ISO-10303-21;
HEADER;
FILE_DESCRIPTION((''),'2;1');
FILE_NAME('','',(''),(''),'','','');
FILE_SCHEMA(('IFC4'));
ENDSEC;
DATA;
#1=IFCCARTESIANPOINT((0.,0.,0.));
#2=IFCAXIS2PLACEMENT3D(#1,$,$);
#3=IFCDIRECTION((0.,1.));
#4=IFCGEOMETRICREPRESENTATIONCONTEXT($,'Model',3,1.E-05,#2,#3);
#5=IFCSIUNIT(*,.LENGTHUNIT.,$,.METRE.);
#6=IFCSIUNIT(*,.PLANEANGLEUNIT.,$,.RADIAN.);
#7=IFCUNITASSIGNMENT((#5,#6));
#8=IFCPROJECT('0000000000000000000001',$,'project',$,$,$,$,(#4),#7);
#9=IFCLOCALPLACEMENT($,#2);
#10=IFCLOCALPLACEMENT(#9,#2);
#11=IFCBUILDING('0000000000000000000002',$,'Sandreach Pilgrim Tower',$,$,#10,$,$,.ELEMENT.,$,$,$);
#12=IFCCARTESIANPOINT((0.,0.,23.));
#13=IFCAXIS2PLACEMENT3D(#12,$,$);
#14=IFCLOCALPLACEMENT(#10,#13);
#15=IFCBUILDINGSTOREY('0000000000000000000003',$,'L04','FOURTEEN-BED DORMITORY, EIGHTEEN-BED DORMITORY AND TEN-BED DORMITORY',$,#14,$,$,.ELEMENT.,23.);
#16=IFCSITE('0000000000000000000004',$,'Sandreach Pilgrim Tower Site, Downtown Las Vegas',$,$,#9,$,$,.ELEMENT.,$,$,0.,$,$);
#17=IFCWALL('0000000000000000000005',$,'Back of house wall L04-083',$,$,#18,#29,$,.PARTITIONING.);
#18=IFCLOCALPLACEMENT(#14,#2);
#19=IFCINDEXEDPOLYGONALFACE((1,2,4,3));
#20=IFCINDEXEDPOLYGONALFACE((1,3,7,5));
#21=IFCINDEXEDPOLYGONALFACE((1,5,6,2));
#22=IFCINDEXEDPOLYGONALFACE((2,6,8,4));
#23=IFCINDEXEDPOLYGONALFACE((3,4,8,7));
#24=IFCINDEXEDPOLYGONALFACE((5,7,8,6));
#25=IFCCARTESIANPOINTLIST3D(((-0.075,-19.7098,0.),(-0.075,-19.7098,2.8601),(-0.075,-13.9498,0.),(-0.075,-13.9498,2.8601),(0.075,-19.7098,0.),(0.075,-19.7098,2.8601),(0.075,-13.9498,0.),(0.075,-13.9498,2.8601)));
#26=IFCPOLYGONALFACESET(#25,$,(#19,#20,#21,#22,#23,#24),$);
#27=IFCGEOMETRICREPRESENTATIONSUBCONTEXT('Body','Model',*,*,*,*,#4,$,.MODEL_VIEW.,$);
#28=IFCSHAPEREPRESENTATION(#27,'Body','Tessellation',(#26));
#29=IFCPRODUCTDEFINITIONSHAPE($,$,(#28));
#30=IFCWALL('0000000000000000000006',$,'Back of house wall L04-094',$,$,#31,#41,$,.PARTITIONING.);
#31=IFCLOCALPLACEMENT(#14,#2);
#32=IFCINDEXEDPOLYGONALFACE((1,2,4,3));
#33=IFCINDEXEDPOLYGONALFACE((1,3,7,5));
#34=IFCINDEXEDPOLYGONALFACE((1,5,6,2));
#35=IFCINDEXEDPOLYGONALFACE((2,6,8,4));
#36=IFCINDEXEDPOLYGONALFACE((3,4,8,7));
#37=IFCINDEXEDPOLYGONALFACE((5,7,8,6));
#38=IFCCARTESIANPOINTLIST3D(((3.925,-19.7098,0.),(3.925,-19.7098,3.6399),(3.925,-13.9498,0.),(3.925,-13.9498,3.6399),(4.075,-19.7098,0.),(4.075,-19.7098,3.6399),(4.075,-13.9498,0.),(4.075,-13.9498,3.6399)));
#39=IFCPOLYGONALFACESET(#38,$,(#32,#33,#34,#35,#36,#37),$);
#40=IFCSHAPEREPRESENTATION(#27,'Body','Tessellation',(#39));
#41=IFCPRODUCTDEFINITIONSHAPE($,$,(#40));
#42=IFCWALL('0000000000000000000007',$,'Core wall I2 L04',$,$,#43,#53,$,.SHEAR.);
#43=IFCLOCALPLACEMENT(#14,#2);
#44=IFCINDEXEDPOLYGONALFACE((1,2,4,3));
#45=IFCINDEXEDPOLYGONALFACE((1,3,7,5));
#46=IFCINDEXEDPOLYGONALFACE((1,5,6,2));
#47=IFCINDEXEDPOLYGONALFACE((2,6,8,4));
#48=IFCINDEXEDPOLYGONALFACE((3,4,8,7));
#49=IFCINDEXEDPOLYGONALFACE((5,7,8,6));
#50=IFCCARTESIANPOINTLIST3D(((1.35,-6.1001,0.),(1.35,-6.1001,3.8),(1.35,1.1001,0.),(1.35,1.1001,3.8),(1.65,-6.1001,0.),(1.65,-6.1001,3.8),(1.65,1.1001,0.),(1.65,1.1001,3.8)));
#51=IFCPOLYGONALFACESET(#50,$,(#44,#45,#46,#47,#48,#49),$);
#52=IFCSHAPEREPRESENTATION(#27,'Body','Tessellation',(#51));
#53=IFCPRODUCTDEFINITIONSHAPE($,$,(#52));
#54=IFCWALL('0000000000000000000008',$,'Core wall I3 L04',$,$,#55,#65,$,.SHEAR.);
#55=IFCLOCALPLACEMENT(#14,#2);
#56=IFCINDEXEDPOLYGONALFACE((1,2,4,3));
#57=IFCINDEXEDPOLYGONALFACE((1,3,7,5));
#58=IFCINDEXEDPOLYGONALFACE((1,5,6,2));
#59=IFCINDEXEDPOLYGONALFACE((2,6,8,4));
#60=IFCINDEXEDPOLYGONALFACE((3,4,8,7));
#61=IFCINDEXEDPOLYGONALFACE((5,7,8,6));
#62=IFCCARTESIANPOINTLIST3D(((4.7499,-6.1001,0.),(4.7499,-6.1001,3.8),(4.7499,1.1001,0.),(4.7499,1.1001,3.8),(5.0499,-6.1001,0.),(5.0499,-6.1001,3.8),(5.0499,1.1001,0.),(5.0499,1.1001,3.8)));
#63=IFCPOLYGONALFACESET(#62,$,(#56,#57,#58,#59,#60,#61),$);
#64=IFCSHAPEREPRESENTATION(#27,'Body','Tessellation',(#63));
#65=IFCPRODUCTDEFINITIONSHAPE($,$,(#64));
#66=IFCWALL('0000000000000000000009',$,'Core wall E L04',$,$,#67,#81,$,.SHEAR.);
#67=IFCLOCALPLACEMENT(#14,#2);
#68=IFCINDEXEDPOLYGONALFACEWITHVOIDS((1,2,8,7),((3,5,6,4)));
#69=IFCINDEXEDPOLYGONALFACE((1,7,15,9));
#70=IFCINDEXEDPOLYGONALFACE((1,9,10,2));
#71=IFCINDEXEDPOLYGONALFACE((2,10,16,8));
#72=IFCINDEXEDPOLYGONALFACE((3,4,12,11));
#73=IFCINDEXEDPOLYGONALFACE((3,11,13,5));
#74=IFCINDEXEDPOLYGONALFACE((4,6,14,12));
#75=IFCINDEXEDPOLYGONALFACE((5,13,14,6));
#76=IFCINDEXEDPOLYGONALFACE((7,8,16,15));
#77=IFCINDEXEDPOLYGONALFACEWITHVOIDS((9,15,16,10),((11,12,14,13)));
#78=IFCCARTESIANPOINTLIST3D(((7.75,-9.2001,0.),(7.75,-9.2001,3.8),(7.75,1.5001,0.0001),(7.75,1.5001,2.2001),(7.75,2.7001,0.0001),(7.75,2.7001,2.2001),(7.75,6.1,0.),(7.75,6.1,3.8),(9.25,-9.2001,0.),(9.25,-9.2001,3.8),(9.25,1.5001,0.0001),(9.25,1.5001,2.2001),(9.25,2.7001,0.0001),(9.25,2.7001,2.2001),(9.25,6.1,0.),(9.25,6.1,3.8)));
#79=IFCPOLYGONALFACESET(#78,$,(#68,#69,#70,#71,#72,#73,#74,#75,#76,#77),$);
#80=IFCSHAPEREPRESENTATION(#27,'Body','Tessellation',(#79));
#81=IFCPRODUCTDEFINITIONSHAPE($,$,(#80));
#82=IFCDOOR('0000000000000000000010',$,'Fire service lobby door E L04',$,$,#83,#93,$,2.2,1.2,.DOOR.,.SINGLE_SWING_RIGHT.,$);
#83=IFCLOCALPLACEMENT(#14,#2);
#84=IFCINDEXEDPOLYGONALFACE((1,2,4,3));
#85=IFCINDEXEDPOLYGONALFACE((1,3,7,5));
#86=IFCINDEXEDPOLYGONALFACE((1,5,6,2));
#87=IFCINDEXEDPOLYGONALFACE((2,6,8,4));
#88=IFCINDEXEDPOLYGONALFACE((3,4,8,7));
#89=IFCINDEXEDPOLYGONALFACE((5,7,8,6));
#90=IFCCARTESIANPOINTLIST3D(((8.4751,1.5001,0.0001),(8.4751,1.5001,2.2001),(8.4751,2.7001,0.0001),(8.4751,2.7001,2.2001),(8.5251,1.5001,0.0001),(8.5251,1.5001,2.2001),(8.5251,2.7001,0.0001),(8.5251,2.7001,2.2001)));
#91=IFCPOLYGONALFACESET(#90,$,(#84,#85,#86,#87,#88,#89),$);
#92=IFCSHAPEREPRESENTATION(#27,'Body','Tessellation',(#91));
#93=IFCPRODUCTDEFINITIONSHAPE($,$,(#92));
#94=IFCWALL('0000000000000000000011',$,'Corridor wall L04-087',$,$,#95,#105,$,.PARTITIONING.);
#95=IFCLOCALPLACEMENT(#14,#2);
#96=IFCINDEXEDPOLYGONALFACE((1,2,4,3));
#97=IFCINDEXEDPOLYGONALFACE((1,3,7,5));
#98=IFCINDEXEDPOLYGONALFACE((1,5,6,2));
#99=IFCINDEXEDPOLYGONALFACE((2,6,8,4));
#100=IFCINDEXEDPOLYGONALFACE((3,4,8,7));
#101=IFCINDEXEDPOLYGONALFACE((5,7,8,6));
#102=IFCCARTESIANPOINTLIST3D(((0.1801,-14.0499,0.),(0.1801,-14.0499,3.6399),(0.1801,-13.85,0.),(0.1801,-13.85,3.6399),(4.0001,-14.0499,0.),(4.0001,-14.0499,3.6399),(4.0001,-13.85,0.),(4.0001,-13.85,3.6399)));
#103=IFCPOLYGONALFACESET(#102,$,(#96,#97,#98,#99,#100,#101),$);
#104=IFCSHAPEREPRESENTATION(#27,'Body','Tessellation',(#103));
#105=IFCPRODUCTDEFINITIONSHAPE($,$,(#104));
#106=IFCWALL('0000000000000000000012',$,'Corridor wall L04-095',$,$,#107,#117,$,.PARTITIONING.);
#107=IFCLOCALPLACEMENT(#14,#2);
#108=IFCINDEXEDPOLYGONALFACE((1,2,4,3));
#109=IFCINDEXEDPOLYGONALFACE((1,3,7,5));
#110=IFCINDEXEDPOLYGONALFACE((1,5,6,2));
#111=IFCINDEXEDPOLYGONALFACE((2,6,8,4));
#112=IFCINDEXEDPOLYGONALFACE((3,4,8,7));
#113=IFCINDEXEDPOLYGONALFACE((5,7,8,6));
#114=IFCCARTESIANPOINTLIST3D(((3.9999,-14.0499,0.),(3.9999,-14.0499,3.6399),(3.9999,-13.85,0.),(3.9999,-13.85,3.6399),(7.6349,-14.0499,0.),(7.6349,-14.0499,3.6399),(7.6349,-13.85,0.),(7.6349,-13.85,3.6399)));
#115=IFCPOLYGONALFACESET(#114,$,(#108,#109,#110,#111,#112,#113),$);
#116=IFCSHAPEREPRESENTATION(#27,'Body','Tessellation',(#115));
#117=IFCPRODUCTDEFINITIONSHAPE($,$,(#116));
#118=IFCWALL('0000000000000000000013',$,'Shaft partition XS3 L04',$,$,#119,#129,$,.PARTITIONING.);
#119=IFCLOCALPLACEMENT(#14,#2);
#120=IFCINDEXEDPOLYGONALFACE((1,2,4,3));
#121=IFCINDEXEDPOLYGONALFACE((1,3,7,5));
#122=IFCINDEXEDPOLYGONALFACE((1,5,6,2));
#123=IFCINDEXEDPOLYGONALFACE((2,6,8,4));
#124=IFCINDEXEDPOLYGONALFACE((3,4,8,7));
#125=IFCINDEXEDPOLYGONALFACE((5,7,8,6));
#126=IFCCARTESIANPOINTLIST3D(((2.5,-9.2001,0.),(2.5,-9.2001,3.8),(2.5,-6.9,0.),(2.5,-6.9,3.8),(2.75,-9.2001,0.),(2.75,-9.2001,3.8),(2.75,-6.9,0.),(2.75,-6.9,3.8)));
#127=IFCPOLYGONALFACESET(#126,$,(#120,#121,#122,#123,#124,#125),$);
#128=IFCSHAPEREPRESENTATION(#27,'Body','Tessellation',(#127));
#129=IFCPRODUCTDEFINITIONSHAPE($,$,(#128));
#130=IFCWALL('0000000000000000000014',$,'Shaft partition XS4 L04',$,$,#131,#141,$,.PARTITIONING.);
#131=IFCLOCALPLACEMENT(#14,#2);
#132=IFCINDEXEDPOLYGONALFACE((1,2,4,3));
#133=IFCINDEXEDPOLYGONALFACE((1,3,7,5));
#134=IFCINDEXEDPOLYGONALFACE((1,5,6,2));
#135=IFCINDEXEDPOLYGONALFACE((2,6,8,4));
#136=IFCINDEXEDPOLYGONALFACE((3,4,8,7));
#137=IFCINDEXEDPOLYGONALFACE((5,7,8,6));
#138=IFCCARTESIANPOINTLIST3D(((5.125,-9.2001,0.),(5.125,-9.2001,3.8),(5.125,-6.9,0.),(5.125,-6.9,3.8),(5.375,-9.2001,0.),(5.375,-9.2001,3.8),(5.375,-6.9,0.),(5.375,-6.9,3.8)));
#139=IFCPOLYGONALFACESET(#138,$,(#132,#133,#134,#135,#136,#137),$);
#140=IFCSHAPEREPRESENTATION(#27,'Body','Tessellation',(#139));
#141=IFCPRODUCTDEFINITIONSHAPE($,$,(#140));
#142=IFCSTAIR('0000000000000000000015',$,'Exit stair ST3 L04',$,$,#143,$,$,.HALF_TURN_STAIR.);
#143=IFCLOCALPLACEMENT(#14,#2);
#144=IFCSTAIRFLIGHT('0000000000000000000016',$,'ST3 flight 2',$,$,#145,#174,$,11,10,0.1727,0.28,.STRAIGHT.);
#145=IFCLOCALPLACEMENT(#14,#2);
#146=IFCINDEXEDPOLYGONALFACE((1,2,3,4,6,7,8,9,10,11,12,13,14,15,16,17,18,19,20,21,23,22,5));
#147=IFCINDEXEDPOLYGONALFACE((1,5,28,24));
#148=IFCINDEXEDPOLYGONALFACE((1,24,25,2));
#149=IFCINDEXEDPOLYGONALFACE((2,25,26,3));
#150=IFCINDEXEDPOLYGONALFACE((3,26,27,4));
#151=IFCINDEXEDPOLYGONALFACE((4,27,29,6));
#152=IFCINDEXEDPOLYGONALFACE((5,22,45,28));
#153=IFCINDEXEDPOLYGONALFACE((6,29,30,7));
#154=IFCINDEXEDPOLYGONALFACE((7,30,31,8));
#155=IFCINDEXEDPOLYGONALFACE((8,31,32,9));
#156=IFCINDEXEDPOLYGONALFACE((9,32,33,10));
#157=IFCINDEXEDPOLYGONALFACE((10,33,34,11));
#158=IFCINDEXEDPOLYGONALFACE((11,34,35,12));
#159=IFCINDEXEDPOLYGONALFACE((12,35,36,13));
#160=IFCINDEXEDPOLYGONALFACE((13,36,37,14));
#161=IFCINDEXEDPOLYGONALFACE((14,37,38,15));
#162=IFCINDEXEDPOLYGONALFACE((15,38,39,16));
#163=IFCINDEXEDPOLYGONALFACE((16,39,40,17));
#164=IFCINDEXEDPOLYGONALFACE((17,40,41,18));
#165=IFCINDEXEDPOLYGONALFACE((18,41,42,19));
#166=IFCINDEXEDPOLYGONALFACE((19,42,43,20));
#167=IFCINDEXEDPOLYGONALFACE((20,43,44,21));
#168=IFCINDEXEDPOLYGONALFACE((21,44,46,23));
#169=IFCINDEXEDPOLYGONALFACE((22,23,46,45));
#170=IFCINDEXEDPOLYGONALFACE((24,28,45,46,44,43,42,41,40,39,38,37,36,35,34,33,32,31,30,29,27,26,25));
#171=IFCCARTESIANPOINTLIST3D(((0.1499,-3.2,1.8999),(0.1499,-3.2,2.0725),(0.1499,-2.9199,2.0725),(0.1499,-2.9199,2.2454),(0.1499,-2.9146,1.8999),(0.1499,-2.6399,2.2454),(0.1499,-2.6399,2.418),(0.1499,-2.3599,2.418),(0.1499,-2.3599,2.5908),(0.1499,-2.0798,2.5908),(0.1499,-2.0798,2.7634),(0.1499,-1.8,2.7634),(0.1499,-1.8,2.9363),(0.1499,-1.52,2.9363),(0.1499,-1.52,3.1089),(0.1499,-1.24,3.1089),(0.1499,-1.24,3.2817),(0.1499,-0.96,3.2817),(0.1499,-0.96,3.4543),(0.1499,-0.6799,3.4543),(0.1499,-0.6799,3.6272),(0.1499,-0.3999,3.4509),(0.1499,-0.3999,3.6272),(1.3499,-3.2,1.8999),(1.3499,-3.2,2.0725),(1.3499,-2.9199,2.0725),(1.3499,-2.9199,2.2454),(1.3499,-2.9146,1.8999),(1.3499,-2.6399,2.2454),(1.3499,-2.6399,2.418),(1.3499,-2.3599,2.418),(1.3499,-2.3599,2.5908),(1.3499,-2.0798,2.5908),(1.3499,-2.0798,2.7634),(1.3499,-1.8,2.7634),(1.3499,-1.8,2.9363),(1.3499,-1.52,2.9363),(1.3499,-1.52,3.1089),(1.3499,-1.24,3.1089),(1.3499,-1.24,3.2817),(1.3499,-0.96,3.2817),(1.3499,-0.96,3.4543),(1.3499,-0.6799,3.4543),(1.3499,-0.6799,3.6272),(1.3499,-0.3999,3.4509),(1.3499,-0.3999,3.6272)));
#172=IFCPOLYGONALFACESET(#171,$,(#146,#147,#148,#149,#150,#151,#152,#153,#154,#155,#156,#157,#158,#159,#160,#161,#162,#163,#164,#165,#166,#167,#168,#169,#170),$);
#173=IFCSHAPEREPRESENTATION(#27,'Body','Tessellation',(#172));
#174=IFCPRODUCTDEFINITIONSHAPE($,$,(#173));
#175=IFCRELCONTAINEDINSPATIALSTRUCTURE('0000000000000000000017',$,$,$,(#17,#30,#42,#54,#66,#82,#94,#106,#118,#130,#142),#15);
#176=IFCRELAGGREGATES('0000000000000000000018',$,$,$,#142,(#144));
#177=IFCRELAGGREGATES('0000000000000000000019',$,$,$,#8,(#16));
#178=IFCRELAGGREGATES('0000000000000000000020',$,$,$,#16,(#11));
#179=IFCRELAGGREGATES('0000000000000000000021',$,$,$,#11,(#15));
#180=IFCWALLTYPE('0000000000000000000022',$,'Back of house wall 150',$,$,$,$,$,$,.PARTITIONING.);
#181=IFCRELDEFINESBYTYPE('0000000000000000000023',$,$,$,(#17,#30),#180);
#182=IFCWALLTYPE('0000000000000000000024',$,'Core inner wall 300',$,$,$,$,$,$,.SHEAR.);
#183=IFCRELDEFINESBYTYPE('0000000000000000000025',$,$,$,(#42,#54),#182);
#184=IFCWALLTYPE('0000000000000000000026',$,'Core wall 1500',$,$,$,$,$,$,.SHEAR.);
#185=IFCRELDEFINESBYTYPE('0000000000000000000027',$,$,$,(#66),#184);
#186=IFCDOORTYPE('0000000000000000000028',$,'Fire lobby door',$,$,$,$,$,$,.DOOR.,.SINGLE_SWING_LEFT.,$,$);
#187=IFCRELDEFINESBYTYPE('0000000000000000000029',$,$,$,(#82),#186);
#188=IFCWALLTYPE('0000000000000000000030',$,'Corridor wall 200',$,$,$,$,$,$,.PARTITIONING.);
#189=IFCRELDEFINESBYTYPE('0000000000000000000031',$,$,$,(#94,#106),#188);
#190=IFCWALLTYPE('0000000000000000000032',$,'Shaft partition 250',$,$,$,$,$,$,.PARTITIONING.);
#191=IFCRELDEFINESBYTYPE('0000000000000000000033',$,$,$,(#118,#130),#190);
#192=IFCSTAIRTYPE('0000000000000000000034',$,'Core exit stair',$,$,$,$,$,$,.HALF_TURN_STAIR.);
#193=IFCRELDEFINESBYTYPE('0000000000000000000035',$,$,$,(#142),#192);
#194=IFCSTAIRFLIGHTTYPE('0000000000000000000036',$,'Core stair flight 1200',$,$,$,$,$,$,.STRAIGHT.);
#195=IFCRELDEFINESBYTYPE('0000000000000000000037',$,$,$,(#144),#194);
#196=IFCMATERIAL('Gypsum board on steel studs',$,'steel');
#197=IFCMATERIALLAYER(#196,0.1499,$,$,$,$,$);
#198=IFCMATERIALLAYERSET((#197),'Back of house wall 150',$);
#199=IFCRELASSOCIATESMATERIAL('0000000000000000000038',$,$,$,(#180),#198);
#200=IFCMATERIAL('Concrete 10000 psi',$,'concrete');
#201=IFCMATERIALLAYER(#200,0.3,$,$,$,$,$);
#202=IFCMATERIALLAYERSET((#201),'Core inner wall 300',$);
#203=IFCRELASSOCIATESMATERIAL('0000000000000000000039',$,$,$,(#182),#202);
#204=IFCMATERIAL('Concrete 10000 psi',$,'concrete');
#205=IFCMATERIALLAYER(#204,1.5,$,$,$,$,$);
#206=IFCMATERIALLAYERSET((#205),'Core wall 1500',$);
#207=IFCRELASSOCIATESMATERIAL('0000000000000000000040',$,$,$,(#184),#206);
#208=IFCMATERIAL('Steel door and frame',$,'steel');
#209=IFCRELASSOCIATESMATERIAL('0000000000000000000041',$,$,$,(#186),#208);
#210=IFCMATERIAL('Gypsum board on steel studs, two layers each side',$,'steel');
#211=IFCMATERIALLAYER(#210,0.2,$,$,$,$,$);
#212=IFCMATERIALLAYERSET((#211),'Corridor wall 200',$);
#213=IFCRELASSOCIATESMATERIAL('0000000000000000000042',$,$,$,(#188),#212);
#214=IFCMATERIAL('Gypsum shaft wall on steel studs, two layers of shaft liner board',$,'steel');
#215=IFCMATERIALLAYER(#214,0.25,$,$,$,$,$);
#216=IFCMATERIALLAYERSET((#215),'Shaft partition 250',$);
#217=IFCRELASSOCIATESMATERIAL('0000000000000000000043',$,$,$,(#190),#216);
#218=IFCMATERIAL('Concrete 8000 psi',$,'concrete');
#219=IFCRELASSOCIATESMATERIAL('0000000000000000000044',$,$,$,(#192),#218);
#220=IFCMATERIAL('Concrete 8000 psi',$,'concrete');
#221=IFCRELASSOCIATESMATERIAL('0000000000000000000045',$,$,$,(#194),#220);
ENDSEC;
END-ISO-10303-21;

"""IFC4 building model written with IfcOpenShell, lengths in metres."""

from ifc_helpers import new_model, si_unit, direction, frame, frame_2d, origin, place, context, subcontext, project, spatial, polyline, rectangle, outline, extrude, material, layer, layer_set, type_object, element, fill, aggregate, save


model = new_model("IFC4")

# Units and contexts
model_context = context("Model", 3, precision=1e-05, world=origin(), true_north=direction((0.0, 1.0)))
body_context = subcontext(model_context, "Body", "Model", "MODEL_VIEW")
ifc_project = project(units=[si_unit("LENGTHUNIT", "METRE"), si_unit("PLANEANGLEUNIT", "RADIAN")], contexts=[model_context])

# Site, building, storey
site_placement = place(None, origin())
site = spatial("IfcSite", under=ifc_project, at=site_placement, Name="Sandreach Pilgrim Tower Site, Downtown Las Vegas", CompositionType="ELEMENT", RefElevation=0.0)
building_placement = place(site_placement, origin())
building = spatial("IfcBuilding", under=site, at=building_placement, Name="Sandreach Pilgrim Tower", CompositionType="ELEMENT")
storey_placement = place(building_placement, frame((0.0, 0.0, 23.0)))
storey = spatial("IfcBuildingStorey", under=building, at=storey_placement, Name="L04", Description="FOURTEEN-BED DORMITORY, EIGHTEEN-BED DORMITORY AND TEN-BED DORMITORY", CompositionType="ELEMENT", Elevation=23.0)

# Walls
ifc_material_1 = material(Name="Gypsum board on steel studs", Category="steel")
ifc_layer_1 = layer(ifc_material_1, 0.1499)
ifc_layer_set_1 = layer_set([ifc_layer_1], Name="Back of house wall 150")
wall_type_1 = type_object("IfcWallType", Name="Back of house wall 150", PredefinedType="PARTITIONING", material=ifc_layer_set_1)
wall_1_placement = place(storey_placement, frame((0.0, -13.95, 0.0), z_axis=(0.0, 0.0, 1.0), x_axis=(0.0, -1.0, 0.0)))
element("IfcWall", 1, at=wall_1_placement, inside=storey, type_object=wall_type_1, Name="Back of house wall L04-083", PredefinedType="PARTITIONING", context=body_context, shape_type="SweptSolid", body=[
    extrude(rectangle(XDim=5.76, YDim=0.1499, at=frame_2d((2.8799, 0.0))), origin(), (0.0, 0.0, 1.0), 2.8601),
])
wall_2_placement = place(storey_placement, frame((4.0, -13.95, 0.0), z_axis=(0.0, 0.0, 1.0), x_axis=(0.0, -1.0, 0.0)))
element("IfcWall", 2, at=wall_2_placement, inside=storey, type_object=wall_type_1, Name="Back of house wall L04-094", PredefinedType="PARTITIONING", context=body_context, shape_type="SweptSolid", body=[
    extrude(rectangle(XDim=5.76, YDim=0.1499, at=frame_2d((2.8799, 0.0))), origin(), (0.0, 0.0, 1.0), 3.6399),
])
ifc_material_2 = material(Name="Concrete 10000 psi", Category="concrete")
ifc_layer_2 = layer(ifc_material_2, 0.3)
ifc_layer_set_2 = layer_set([ifc_layer_2], Name="Core inner wall 300")
wall_type_2 = type_object("IfcWallType", Name="Core inner wall 300", PredefinedType="SHEAR", material=ifc_layer_set_2)
for number, where, z_axis, x_axis, name in (
    (3, (1.5, -6.1001, 0.0), (0.0, 0.0, 1.0), (0.0, 1.0, 0.0), "Core wall I2 L04"),
    (4, (4.8999, -6.1001, 0.0), (0.0, 0.0, 1.0), (0.0, 1.0, 0.0), "Core wall I3 L04"),
):
    element("IfcWall", number, at=place(storey_placement, frame(where, z_axis=z_axis, x_axis=x_axis)), inside=storey, type_object=wall_type_2, Name=name, PredefinedType="SHEAR", context=body_context, shape_type="SweptSolid", body=[
        extrude(rectangle(XDim=7.2002, YDim=0.3, at=frame_2d((3.6001, 0.0))), origin(), (0.0, 0.0, 1.0), 3.8),
    ])

# Wall, opening, door
ifc_material_3 = material(Name="Concrete 10000 psi", Category="concrete")
ifc_layer_3 = layer(ifc_material_3, 1.5)
ifc_layer_set_3 = layer_set([ifc_layer_3], Name="Core wall 1500")
wall_type_3 = type_object("IfcWallType", Name="Core wall 1500", PredefinedType="SHEAR", material=ifc_layer_set_3)
wall_3_placement = place(storey_placement, frame((8.5, -9.2, 0.0), z_axis=(0.0, 0.0, 1.0), x_axis=(0.0, 1.0, 0.0)))
wall_3 = element("IfcWall", 5, at=wall_3_placement, inside=storey, type_object=wall_type_3, Name="Core wall E L04", PredefinedType="SHEAR", context=body_context, shape_type="SweptSolid", body=[
    extrude(rectangle(XDim=15.3, YDim=1.5, at=frame_2d((7.6499, 0.0))), origin(), (0.0, 0.0, 1.0), 3.8),
])
opening_1_placement = place(wall_3_placement, frame((10.7, 0.0, 0.0)))
opening_1 = element("IfcOpeningElement", 6, at=opening_1_placement, cuts=wall_3, PredefinedType="OPENING", context=body_context, shape_type="SweptSolid", body=[
    extrude(rectangle(XDim=1.2, YDim=2.2, at=frame_2d((0.6001, 1.1001))), frame((0.0, 0.75, 0.0), z_axis=(0.0, -1.0, 0.0), x_axis=(1.0, 0.0, 0.0)), (0.0, 0.0, 1.0), 1.5),
])
ifc_material_4 = material(Name="Steel door and frame", Category="steel")
door_type_1 = type_object("IfcDoorType", Name="Fire lobby door", OperationType="SINGLE_SWING_LEFT", PredefinedType="DOOR", material=ifc_material_4)
door_1_placement = place(opening_1_placement, origin())
door_1 = element("IfcDoor", 7, at=door_1_placement, inside=storey, type_object=door_type_1, Name="Fire service lobby door E L04", OperationType="SINGLE_SWING_RIGHT", OverallHeight=2.2, OverallWidth=1.2, PredefinedType="DOOR", context=body_context, shape_type="SweptSolid", body=[
    extrude(rectangle(XDim=1.2, YDim=2.2, at=frame_2d((0.6001, 1.1001))), frame((0.0, 0.0249, 0.0), z_axis=(0.0, -1.0, 0.0), x_axis=(1.0, 0.0, 0.0)), (0.0, 0.0, 1.0), 0.05),
])
fill(opening_1, door_1)

# Wall
ifc_material_5 = material(Name="Gypsum board on steel studs, two layers each side", Category="steel")
ifc_layer_4 = layer(ifc_material_5, 0.2)
ifc_layer_set_4 = layer_set([ifc_layer_4], Name="Corridor wall 200")
wall_type_4 = type_object("IfcWallType", Name="Corridor wall 200", PredefinedType="PARTITIONING", material=ifc_layer_set_4)
wall_4_placement = place(storey_placement, frame((0.1799, -13.95, 0.0), z_axis=(0.0, 0.0, 1.0), x_axis=(1.0, 0.0, 0.0)))
element("IfcWall", 8, at=wall_4_placement, inside=storey, type_object=wall_type_4, Name="Corridor wall L04-087", PredefinedType="PARTITIONING", context=body_context, shape_type="SweptSolid", body=[
    extrude(rectangle(XDim=3.8201, YDim=0.2, at=frame_2d((1.9102, 0.0))), origin(), (0.0, 0.0, 1.0), 3.6399),
])

# Wall
wall_5_placement = place(storey_placement, frame((4.0, -13.95, 0.0), z_axis=(0.0, 0.0, 1.0), x_axis=(1.0, 0.0, 0.0)))
element("IfcWall", 9, at=wall_5_placement, inside=storey, type_object=wall_type_4, Name="Corridor wall L04-095", PredefinedType="PARTITIONING", context=body_context, shape_type="SweptSolid", body=[
    extrude(rectangle(XDim=3.635, YDim=0.2, at=frame_2d((1.8174, 0.0))), origin(), (0.0, 0.0, 1.0), 3.6399),
])

# Walls
ifc_material_6 = material(Name="Gypsum shaft wall on steel studs, two layers of shaft liner board", Category="steel")
ifc_layer_5 = layer(ifc_material_6, 0.25)
ifc_layer_set_5 = layer_set([ifc_layer_5], Name="Shaft partition 250")
wall_type_5 = type_object("IfcWallType", Name="Shaft partition 250", PredefinedType="PARTITIONING", material=ifc_layer_set_5)
for number, where, z_axis, x_axis, name in (
    (10, (2.625, -9.2, 0.0), (0.0, 0.0, 1.0), (0.0, 1.0, 0.0), "Shaft partition XS3 L04"),
    (11, (5.25, -9.2, 0.0), (0.0, 0.0, 1.0), (0.0, 1.0, 0.0), "Shaft partition XS4 L04"),
):
    element("IfcWall", number, at=place(storey_placement, frame(where, z_axis=z_axis, x_axis=x_axis)), inside=storey, type_object=wall_type_5, Name=name, PredefinedType="PARTITIONING", context=body_context, shape_type="SweptSolid", body=[
        extrude(rectangle(XDim=2.3, YDim=0.25, at=frame_2d((1.1499, 0.0))), origin(), (0.0, 0.0, 1.0), 3.8),
    ])

# Stair, stair flight
ifc_material_7 = material(Name="Concrete 8000 psi", Category="concrete")
stair_type = type_object("IfcStairType", Name="Core exit stair", PredefinedType="HALF_TURN_STAIR", material=ifc_material_7)
stair_1_placement = place(storey_placement, origin())
stair_1 = element("IfcStair", 12, at=stair_1_placement, inside=storey, type_object=stair_type, Name="Exit stair ST3 L04", PredefinedType="HALF_TURN_STAIR")
ifc_material_8 = material(Name="Concrete 8000 psi", Category="concrete")
stair_flight_type = type_object("IfcStairFlightType", Name="Core stair flight 1200", PredefinedType="STRAIGHT", material=ifc_material_8)
stair_flight_1_placement = place(storey_placement, frame((0.75, -3.2, 1.8999), z_axis=(0.0, 0.0, 1.0), x_axis=(0.0, 1.0, 0.0)))
stair_flight_1 = element("IfcStairFlight", 13, at=stair_flight_1_placement, type_object=stair_flight_type, Name="ST3 flight 2", NumberOfRisers=11, NumberOfTreads=10, PredefinedType="STRAIGHT", RiserHeight=0.1727, TreadLength=0.28, context=body_context, shape_type="SweptSolid", body=[
    extrude(outline(polyline([(0.0, 0.0), (0.0, 0.1726), (0.28, 0.1726), (0.28, 0.3455), (0.5601, 0.3455), (0.5601, 0.5181), (0.8401, 0.5181), (0.8401, 0.6909), (1.1201, 0.6909), (1.1201, 0.8635), (1.3999, 0.8635), (1.3999, 1.0364), (1.6799, 1.0364), (1.6799, 1.209), (1.96, 1.209), (1.96, 1.3818), (2.24, 1.3818), (2.24, 1.5544), (2.52, 1.5544), (2.52, 1.7273), (2.8, 1.7273), (2.8, 1.8999), (2.8, 1.551), (0.2854, 0.0), (0.0, 0.0)])), frame((0.0, 0.6001, 0.0), z_axis=(0.0, -1.0, 0.0), x_axis=(1.0, 0.0, 0.0)), (0.0, 0.0, 1.0), 1.2),
])
aggregate(stair_1, [stair_flight_1])

save(model, "model.ifc")
